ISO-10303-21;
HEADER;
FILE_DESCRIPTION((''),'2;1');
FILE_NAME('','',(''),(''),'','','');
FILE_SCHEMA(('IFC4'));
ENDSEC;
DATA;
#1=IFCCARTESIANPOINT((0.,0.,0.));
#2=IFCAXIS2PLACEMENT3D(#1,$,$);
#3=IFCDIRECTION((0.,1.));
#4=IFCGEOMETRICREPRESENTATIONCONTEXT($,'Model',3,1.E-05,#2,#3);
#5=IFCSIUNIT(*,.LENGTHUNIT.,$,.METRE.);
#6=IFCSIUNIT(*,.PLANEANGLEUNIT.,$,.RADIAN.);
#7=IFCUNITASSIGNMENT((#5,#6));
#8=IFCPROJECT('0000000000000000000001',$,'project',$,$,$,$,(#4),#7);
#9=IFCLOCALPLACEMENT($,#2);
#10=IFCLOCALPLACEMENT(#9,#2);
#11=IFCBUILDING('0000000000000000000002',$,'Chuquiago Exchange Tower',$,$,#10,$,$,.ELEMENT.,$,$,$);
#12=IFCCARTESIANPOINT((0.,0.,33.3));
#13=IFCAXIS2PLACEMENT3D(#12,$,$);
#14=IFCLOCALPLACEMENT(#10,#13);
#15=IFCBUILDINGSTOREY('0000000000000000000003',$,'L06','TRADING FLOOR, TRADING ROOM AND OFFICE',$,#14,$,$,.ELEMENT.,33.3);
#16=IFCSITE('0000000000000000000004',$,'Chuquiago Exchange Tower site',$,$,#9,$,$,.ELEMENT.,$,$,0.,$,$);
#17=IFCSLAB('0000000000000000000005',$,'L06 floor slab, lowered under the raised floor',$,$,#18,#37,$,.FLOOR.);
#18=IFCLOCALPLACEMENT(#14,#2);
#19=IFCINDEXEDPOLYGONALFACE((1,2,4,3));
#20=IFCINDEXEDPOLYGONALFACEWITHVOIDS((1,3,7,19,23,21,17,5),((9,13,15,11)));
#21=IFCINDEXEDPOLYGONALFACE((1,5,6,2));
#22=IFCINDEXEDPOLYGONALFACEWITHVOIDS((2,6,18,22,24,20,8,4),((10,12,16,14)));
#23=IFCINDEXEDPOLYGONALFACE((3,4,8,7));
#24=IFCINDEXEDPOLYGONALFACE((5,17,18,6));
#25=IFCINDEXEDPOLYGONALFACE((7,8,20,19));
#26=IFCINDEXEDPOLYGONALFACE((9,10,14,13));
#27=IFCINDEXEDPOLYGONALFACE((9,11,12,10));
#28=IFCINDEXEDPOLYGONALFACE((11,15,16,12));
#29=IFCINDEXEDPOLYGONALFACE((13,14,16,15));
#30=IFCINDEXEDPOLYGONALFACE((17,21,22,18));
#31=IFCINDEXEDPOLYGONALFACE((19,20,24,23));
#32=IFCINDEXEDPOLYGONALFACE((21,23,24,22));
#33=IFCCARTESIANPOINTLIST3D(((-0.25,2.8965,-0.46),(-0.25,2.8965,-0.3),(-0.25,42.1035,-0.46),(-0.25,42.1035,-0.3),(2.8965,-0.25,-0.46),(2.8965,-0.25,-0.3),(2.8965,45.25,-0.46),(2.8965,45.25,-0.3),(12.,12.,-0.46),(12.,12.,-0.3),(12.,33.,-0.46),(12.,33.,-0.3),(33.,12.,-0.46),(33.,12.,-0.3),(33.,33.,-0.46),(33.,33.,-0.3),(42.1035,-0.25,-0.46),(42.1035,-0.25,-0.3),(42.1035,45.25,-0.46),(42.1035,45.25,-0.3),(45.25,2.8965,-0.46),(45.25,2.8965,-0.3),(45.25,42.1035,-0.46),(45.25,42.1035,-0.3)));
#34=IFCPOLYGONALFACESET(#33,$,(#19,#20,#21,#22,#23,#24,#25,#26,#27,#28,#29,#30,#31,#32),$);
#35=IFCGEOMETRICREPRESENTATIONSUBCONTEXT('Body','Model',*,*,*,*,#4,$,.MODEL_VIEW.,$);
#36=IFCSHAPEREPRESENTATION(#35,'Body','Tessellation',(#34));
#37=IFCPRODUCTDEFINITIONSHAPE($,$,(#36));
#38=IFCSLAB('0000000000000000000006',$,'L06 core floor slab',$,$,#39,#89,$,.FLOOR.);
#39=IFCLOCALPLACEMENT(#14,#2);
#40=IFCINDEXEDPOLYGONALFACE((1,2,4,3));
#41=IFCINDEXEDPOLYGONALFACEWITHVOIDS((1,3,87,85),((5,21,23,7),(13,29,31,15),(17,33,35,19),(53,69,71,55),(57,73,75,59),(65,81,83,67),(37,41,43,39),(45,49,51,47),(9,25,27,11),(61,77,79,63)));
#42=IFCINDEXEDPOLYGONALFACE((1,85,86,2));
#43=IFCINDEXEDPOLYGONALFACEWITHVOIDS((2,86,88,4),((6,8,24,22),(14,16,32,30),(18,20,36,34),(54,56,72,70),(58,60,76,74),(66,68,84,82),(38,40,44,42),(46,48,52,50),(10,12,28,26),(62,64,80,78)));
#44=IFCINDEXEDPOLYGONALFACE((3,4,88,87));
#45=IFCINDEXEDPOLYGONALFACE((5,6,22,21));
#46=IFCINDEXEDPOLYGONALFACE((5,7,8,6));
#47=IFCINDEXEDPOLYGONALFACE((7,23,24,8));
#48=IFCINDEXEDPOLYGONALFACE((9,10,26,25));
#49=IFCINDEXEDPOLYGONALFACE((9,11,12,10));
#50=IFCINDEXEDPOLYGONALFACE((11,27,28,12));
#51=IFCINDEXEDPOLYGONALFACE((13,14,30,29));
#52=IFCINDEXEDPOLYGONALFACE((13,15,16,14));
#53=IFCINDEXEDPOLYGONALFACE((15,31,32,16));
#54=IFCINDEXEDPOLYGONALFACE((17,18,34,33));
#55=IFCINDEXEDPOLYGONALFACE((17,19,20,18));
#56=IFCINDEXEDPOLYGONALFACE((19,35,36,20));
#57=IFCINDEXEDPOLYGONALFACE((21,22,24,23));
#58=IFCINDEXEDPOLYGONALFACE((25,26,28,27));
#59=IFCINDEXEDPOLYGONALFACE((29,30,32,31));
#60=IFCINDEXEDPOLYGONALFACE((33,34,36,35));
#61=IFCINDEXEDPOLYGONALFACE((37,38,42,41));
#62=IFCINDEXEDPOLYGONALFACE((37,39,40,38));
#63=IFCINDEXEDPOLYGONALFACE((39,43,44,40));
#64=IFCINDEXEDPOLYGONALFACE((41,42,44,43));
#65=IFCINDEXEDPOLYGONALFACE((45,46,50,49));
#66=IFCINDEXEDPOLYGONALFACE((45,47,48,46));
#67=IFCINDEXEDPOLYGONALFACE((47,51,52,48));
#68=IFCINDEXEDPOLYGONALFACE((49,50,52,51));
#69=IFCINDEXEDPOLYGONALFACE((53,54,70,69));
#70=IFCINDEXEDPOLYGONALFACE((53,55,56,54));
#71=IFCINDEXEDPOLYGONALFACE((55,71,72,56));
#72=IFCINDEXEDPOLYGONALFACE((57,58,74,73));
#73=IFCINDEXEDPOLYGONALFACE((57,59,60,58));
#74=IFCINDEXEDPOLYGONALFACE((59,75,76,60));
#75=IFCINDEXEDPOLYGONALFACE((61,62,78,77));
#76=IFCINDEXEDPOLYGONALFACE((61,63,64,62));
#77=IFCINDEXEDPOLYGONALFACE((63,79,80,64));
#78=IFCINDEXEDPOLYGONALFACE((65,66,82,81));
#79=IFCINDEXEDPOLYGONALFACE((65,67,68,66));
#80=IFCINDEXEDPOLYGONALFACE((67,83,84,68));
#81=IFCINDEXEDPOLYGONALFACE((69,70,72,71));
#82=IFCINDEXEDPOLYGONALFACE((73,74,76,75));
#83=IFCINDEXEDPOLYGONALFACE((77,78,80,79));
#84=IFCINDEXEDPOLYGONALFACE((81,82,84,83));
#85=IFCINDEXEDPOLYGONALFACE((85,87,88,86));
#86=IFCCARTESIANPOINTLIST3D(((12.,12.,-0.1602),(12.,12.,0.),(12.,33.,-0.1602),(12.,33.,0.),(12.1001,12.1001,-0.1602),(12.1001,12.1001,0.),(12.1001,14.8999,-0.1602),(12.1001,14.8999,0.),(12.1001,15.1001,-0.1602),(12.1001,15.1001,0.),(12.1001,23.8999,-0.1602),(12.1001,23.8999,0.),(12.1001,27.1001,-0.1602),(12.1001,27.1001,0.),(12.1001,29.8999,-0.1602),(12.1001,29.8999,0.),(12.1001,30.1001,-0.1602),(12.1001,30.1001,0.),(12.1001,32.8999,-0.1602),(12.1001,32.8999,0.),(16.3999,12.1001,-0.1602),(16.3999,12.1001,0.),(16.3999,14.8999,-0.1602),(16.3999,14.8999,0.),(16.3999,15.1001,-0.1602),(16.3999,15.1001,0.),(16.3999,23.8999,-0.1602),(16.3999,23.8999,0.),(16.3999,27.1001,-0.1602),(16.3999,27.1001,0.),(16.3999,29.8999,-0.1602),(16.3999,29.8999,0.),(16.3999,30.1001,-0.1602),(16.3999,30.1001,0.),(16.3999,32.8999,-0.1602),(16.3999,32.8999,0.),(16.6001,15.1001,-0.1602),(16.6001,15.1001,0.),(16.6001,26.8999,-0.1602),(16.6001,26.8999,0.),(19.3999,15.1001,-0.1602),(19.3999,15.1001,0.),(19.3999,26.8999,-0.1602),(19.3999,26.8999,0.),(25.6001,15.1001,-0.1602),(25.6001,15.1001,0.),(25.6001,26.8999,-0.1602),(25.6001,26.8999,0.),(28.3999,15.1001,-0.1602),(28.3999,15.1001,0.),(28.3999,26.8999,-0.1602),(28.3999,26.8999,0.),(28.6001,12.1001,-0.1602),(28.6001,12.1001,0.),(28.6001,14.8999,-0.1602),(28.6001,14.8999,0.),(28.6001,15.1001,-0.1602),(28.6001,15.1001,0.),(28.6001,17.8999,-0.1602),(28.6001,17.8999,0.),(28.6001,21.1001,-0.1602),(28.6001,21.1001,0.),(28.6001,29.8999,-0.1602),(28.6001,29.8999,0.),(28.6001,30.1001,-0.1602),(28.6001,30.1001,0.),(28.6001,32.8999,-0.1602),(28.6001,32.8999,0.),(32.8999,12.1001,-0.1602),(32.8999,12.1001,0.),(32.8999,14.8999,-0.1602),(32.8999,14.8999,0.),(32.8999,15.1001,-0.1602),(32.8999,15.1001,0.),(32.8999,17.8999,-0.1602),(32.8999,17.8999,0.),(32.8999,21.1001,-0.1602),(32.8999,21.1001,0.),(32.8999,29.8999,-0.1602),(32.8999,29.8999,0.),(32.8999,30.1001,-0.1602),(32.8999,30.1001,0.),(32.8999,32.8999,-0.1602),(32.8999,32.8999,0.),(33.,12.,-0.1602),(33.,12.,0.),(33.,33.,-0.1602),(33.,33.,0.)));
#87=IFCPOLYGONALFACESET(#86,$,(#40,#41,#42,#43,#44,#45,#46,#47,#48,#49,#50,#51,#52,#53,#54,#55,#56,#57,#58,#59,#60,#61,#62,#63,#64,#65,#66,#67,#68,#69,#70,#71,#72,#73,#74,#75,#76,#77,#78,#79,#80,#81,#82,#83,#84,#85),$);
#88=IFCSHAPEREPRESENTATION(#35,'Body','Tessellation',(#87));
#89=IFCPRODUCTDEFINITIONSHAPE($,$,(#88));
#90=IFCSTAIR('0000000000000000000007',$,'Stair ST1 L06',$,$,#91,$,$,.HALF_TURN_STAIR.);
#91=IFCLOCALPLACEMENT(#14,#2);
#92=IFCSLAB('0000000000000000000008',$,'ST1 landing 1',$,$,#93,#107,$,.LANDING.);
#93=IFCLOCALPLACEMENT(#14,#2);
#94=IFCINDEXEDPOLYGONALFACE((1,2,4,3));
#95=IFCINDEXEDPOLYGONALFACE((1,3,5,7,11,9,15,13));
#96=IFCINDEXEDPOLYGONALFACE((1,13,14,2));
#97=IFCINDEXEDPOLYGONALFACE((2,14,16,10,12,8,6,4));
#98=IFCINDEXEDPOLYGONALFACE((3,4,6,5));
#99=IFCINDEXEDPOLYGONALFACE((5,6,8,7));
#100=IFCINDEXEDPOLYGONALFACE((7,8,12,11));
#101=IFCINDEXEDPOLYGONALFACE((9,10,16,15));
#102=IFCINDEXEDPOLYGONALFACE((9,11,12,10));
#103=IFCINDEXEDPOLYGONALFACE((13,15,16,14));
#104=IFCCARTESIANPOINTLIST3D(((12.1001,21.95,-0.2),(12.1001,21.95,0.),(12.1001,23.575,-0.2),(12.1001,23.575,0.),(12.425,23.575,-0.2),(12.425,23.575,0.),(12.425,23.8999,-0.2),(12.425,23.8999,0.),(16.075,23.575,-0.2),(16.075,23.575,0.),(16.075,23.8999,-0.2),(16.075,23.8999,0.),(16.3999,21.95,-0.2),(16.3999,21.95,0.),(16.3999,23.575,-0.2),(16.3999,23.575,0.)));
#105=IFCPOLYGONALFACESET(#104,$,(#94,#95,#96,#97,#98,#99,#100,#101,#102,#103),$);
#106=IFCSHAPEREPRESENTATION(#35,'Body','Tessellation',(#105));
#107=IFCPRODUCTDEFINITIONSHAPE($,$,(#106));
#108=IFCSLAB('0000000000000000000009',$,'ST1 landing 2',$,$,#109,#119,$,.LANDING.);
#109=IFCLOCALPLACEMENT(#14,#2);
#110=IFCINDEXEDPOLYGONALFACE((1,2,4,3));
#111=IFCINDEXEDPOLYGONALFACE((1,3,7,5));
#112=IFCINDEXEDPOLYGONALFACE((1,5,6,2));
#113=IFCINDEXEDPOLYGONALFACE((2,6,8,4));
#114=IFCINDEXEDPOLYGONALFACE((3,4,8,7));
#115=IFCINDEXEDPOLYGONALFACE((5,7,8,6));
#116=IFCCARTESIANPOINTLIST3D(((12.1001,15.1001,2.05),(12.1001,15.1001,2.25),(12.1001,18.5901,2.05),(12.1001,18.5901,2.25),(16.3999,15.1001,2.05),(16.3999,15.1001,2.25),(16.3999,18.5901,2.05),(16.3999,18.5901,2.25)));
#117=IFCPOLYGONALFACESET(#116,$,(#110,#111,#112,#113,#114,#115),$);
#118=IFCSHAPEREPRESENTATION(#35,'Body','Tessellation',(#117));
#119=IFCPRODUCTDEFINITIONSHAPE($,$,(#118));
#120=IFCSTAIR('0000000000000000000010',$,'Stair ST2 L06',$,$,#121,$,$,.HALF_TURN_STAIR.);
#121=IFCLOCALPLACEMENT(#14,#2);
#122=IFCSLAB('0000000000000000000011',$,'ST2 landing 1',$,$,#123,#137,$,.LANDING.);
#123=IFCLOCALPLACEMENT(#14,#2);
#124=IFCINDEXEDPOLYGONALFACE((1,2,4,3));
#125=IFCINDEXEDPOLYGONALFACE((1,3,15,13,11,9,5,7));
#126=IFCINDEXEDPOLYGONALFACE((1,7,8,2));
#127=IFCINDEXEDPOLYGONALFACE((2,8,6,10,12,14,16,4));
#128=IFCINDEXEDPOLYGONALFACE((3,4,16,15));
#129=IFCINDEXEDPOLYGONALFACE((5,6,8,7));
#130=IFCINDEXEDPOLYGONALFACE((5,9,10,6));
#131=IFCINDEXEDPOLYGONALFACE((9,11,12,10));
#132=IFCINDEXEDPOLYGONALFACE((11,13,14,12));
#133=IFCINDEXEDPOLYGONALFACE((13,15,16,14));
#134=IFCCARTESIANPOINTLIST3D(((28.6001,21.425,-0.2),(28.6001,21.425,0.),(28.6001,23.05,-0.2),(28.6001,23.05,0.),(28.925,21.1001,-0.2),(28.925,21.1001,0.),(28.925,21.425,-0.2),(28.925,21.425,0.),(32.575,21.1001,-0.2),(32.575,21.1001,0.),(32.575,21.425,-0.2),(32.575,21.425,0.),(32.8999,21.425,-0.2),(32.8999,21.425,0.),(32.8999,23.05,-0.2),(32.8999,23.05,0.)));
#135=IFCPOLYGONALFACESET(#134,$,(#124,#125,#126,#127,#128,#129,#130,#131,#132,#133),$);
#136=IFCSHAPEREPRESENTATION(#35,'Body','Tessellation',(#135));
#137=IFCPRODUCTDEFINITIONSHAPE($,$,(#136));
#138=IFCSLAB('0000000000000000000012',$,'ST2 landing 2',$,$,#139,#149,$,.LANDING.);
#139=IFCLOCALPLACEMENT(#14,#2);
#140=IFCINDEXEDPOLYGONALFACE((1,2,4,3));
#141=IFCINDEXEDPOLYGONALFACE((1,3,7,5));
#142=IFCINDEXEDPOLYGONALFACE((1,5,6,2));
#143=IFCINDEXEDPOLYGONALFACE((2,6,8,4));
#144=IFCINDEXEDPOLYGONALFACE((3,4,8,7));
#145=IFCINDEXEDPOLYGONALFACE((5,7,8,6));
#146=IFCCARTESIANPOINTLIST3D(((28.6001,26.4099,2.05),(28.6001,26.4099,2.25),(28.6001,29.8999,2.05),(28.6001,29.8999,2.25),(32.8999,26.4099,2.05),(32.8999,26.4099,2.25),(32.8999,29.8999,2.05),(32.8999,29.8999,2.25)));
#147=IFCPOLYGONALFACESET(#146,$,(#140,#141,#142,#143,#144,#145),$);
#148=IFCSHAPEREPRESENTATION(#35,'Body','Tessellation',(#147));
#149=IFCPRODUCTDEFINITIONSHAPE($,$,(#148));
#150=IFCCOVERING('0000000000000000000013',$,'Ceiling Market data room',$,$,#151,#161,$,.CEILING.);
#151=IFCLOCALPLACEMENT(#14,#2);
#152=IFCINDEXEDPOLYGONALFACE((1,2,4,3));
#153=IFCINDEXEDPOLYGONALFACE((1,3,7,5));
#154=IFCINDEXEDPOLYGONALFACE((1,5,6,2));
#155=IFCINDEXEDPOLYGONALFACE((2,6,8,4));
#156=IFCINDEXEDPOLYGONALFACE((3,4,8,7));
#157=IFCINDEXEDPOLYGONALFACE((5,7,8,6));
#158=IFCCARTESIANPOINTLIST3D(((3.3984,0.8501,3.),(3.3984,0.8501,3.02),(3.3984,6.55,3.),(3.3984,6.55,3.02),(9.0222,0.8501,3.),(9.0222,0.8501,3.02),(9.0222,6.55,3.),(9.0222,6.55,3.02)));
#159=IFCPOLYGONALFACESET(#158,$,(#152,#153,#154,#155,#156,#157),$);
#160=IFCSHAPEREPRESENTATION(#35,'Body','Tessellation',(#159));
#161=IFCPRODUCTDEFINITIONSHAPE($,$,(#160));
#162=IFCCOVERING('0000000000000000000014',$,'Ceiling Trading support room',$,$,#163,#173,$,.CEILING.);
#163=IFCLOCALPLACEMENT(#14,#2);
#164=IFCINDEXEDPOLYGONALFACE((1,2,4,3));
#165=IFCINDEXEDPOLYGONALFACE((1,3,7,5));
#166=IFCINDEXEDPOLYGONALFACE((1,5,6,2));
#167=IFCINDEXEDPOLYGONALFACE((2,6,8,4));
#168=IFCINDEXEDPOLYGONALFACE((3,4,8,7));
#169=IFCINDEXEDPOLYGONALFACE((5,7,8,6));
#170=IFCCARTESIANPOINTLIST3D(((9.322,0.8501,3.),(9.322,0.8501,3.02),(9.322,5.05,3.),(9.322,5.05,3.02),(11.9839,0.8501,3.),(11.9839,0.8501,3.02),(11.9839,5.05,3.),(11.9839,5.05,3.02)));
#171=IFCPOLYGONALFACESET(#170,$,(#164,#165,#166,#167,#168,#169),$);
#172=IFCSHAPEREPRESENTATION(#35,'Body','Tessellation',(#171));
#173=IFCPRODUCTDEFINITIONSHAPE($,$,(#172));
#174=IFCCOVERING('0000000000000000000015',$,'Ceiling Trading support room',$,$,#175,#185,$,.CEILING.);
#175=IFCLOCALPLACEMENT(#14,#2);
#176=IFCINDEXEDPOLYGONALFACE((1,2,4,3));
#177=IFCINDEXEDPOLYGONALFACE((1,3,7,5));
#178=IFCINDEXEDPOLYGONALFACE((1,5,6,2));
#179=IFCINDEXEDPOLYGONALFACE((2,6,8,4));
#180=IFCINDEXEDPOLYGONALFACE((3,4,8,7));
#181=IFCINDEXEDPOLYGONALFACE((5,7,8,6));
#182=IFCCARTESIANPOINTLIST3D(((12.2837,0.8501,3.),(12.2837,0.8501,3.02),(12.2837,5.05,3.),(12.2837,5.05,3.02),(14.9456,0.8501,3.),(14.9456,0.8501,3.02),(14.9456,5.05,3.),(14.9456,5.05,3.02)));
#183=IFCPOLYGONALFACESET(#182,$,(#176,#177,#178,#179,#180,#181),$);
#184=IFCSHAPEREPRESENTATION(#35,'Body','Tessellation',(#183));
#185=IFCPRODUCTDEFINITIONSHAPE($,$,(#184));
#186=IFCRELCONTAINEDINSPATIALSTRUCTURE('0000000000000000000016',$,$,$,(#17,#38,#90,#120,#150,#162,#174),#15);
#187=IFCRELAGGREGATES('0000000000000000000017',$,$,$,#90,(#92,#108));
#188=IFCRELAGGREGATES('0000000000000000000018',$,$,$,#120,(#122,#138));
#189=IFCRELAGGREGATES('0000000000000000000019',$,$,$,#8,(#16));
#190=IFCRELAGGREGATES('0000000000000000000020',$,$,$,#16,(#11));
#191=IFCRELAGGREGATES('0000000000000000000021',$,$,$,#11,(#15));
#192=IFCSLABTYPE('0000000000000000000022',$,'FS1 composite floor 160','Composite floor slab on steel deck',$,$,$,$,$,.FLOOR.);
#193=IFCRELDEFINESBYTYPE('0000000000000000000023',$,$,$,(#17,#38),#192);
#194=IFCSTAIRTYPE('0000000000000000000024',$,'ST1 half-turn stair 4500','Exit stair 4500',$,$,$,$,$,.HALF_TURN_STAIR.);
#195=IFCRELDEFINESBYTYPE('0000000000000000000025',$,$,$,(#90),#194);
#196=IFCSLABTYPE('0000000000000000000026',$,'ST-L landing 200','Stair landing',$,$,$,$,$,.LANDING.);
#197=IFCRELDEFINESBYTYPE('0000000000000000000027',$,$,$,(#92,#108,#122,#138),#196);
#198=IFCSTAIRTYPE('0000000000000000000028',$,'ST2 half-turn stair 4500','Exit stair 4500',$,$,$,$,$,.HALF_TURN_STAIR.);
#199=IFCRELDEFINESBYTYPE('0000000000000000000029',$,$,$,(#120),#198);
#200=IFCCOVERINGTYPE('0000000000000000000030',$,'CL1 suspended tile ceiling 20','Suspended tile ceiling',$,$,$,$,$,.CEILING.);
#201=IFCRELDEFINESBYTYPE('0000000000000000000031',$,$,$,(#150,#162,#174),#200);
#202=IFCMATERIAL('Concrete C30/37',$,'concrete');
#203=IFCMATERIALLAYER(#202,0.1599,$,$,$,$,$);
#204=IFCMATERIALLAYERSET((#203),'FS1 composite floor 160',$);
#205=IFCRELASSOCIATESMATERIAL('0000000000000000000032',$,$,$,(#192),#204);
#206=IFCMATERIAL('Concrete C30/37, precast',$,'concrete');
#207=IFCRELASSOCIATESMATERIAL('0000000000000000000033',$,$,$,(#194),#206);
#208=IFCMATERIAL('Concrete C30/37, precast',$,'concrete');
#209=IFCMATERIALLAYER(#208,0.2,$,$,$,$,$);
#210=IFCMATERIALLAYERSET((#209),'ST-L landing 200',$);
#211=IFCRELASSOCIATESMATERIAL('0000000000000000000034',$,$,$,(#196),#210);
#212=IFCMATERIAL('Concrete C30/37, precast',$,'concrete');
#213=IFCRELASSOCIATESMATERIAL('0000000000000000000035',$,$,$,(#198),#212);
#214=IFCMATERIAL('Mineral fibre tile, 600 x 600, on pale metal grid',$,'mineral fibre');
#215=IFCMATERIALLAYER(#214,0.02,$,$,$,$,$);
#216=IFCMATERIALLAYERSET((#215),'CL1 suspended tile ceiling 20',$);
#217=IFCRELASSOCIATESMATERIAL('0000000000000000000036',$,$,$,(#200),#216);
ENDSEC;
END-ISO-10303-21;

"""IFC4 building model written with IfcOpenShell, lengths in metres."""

from ifc_helpers import new_model, si_unit, direction, frame, origin, place, context, subcontext, project, spatial, polyline, outline, extrude, material, layer, layer_set, type_object, element, aggregate, save


model = new_model("IFC4")

# Units and contexts
model_context = context("Model", 3, precision=1e-05, world=origin(), true_north=direction((0.0, 1.0)))
body_context = subcontext(model_context, "Body", "Model", "MODEL_VIEW")
ifc_project = project(units=[si_unit("LENGTHUNIT", "METRE"), si_unit("PLANEANGLEUNIT", "RADIAN")], contexts=[model_context])

# Site, building, storey
site_placement = place(None, origin())
site = spatial("IfcSite", under=ifc_project, at=site_placement, Name="Chuquiago Exchange Tower site", CompositionType="ELEMENT", RefElevation=0.0)
building_placement = place(site_placement, origin())
building = spatial("IfcBuilding", under=site, at=building_placement, Name="Chuquiago Exchange Tower", CompositionType="ELEMENT")
storey_placement = place(building_placement, frame((0.0, 0.0, 33.3)))
storey = spatial("IfcBuildingStorey", under=building, at=storey_placement, Name="L06", Description="TRADING FLOOR, TRADING ROOM AND OFFICE", CompositionType="ELEMENT", Elevation=33.3)

# Slabs
ifc_material_1 = material(Name="Concrete C30/37", Category="concrete")
ifc_layer_1 = layer(ifc_material_1, 0.1599)
ifc_layer_set_1 = layer_set([ifc_layer_1], Name="FS1 composite floor 160")
slab_type_1 = type_object("IfcSlabType", Name="FS1 composite floor 160", Description="Composite floor slab on steel deck", PredefinedType="FLOOR", material=ifc_layer_set_1)
slab_1_placement = place(storey_placement, frame((0.0, 0.0, -0.46)))
element("IfcSlab", 1, at=slab_1_placement, inside=storey, type_object=slab_type_1, Name="L06 floor slab, lowered under the raised floor", PredefinedType="FLOOR", context=body_context, shape_type="SweptSolid", body=[
    extrude(outline(polyline([(-0.25, 2.8965), (-0.25, 42.1035), (2.8965, 45.25), (42.1035, 45.25), (45.25, 42.1035), (45.25, 2.8965), (42.1035, -0.25), (2.8965, -0.25), (-0.25, 2.8965)]), holes=[polyline([(33.0, 33.0), (12.0, 33.0), (12.0, 12.0), (33.0, 12.0), (33.0, 33.0)])]), origin(), (0.0, 0.0, 1.0), 0.1599),
])
slab_2_placement = place(storey_placement, frame((0.0, 0.0, -0.1602)))
element("IfcSlab", 2, at=slab_2_placement, inside=storey, type_object=slab_type_1, Name="L06 core floor slab", PredefinedType="FLOOR", context=body_context, shape_type="SweptSolid", body=[
    extrude(outline(polyline([(33.0, 12.0), (33.0, 33.0), (12.0, 33.0), (12.0, 12.0), (33.0, 12.0)]), holes=[polyline([(16.3999, 15.1001), (12.1001, 15.1001), (12.1001, 23.8999), (16.3999, 23.8999), (16.3999, 15.1001)]), polyline([(32.8999, 21.1001), (28.6001, 21.1001), (28.6001, 29.8999), (32.8999, 29.8999), (32.8999, 21.1001)]), polyline([(16.3999, 12.1001), (12.1001, 12.1001), (12.1001, 14.8999), (16.3999, 14.8999), (16.3999, 12.1001)]), polyline([(16.3999, 30.1001), (12.1001, 30.1001), (12.1001, 32.8999), (16.3999, 32.8999), (16.3999, 30.1001)]), polyline([(32.8999, 12.1001), (28.6001, 12.1001), (28.6001, 14.8999), (32.8999, 14.8999), (32.8999, 12.1001)]), polyline([(32.8999, 30.1001), (28.6001, 30.1001), (28.6001, 32.8999), (32.8999, 32.8999), (32.8999, 30.1001)]), polyline([(16.3999, 27.1001), (12.1001, 27.1001), (12.1001, 29.8999), (16.3999, 29.8999), (16.3999, 27.1001)]), polyline([(32.8999, 15.1001), (28.6001, 15.1001), (28.6001, 17.8999), (32.8999, 17.8999), (32.8999, 15.1001)]), polyline([(19.3999, 15.1001), (16.6001, 15.1001), (16.6001, 26.8999), (19.3999, 26.8999), (19.3999, 15.1001)]), polyline([(28.3999, 15.1001), (25.6001, 15.1001), (25.6001, 26.8999), (28.3999, 26.8999), (28.3999, 15.1001)])]), origin(), (0.0, 0.0, 1.0), 0.1602),
])

# Stairs, slabs
ifc_material_2 = material(Name="Concrete C30/37, precast", Category="concrete")
stair_type_1 = type_object("IfcStairType", Name="ST1 half-turn stair 4500", Description="Exit stair 4500", PredefinedType="HALF_TURN_STAIR", material=ifc_material_2)
stair_1_placement = place(storey_placement, origin())
stair_1 = element("IfcStair", 3, at=stair_1_placement, inside=storey, type_object=stair_type_1, Name="Stair ST1 L06", PredefinedType="HALF_TURN_STAIR")
ifc_material_3 = material(Name="Concrete C30/37, precast", Category="concrete")
ifc_layer_2 = layer(ifc_material_3, 0.2)
ifc_layer_set_2 = layer_set([ifc_layer_2], Name="ST-L landing 200")
slab_type_2 = type_object("IfcSlabType", Name="ST-L landing 200", Description="Stair landing", PredefinedType="LANDING", material=ifc_layer_set_2)
slab_3_placement = place(storey_placement, frame((0.0, 0.0, -0.2)))
slab_3 = element("IfcSlab", 4, at=slab_3_placement, type_object=slab_type_2, Name="ST1 landing 1", PredefinedType="LANDING", context=body_context, shape_type="SweptSolid", body=[
    extrude(outline(polyline([(12.425, 23.8999), (16.075, 23.8999), (16.075, 23.575), (16.3999, 23.575), (16.3999, 21.95), (12.1001, 21.95), (12.1001, 23.575), (12.425, 23.575), (12.425, 23.8999)])), origin(), (0.0, 0.0, 1.0), 0.2),
])
slab_4_placement = place(storey_placement, frame((0.0, 0.0, 2.05)))
slab_4 = element("IfcSlab", 5, at=slab_4_placement, type_object=slab_type_2, Name="ST1 landing 2", PredefinedType="LANDING", context=body_context, shape_type="SweptSolid", body=[
    extrude(outline(polyline([(12.1001, 18.5901), (16.3999, 18.5901), (16.3999, 15.1001), (12.1001, 15.1001), (12.1001, 18.5901)])), origin(), (0.0, 0.0, 1.0), 0.2),
])
aggregate(stair_1, [slab_3, slab_4])
ifc_material_4 = material(Name="Concrete C30/37, precast", Category="concrete")
stair_type_2 = type_object("IfcStairType", Name="ST2 half-turn stair 4500", Description="Exit stair 4500", PredefinedType="HALF_TURN_STAIR", material=ifc_material_4)
stair_2_placement = place(storey_placement, origin())
stair_2 = element("IfcStair", 6, at=stair_2_placement, inside=storey, type_object=stair_type_2, Name="Stair ST2 L06", PredefinedType="HALF_TURN_STAIR")
slab_5_placement = place(storey_placement, frame((0.0, 0.0, -0.2)))
slab_5 = element("IfcSlab", 7, at=slab_5_placement, type_object=slab_type_2, Name="ST2 landing 1", PredefinedType="LANDING", context=body_context, shape_type="SweptSolid", body=[
    extrude(outline(polyline([(32.575, 21.425), (32.575, 21.1001), (28.925, 21.1001), (28.925, 21.425), (28.6001, 21.425), (28.6001, 23.05), (32.8999, 23.05), (32.8999, 21.425), (32.575, 21.425)])), origin(), (0.0, 0.0, 1.0), 0.2),
])
slab_6_placement = place(storey_placement, frame((0.0, 0.0, 2.05)))
slab_6 = element("IfcSlab", 8, at=slab_6_placement, type_object=slab_type_2, Name="ST2 landing 2", PredefinedType="LANDING", context=body_context, shape_type="SweptSolid", body=[
    extrude(outline(polyline([(28.6001, 29.8999), (32.8999, 29.8999), (32.8999, 26.4099), (28.6001, 26.4099), (28.6001, 29.8999)])), origin(), (0.0, 0.0, 1.0), 0.2),
])
aggregate(stair_2, [slab_5, slab_6])

# Coverings
ifc_material_5 = material(Name="Mineral fibre tile, 600 x 600, on pale metal grid", Category="mineral fibre")
ifc_layer_3 = layer(ifc_material_5, 0.02)
ifc_layer_set_3 = layer_set([ifc_layer_3], Name="CL1 suspended tile ceiling 20")
covering_type_1 = type_object("IfcCoveringType", Name="CL1 suspended tile ceiling 20", Description="Suspended tile ceiling", PredefinedType="CEILING", material=ifc_layer_set_3)
covering_1_placement = place(storey_placement, frame((0.0, 0.0, 3.0)))
element("IfcCovering", 9, at=covering_1_placement, inside=storey, type_object=covering_type_1, Name="Ceiling Market data room", PredefinedType="CEILING", context=body_context, shape_type="SweptSolid", body=[
    extrude(outline(polyline([(3.3984, 6.55), (9.0222, 6.55), (9.0222, 0.8501), (3.3984, 0.8501), (3.3984, 6.55)])), origin(), (0.0, 0.0, 1.0), 0.02),
])
covering_2_placement = place(storey_placement, frame((0.0, 0.0, 3.0)))
element("IfcCovering", 10, at=covering_2_placement, inside=storey, type_object=covering_type_1, Name="Ceiling Trading support room", PredefinedType="CEILING", context=body_context, shape_type="SweptSolid", body=[
    extrude(outline(polyline([(9.322, 5.05), (11.9839, 5.05), (11.9839, 0.8501), (9.322, 0.8501), (9.322, 5.05)])), origin(), (0.0, 0.0, 1.0), 0.02),
])
covering_3_placement = place(storey_placement, frame((0.0, 0.0, 3.0)))
element("IfcCovering", 11, at=covering_3_placement, inside=storey, type_object=covering_type_1, Name="Ceiling Trading support room", PredefinedType="CEILING", context=body_context, shape_type="SweptSolid", body=[
    extrude(outline(polyline([(12.2837, 5.05), (14.9456, 5.05), (14.9456, 0.8501), (12.2837, 0.8501), (12.2837, 5.05)])), origin(), (0.0, 0.0, 1.0), 0.02),
])

save(model, "model.ifc")
